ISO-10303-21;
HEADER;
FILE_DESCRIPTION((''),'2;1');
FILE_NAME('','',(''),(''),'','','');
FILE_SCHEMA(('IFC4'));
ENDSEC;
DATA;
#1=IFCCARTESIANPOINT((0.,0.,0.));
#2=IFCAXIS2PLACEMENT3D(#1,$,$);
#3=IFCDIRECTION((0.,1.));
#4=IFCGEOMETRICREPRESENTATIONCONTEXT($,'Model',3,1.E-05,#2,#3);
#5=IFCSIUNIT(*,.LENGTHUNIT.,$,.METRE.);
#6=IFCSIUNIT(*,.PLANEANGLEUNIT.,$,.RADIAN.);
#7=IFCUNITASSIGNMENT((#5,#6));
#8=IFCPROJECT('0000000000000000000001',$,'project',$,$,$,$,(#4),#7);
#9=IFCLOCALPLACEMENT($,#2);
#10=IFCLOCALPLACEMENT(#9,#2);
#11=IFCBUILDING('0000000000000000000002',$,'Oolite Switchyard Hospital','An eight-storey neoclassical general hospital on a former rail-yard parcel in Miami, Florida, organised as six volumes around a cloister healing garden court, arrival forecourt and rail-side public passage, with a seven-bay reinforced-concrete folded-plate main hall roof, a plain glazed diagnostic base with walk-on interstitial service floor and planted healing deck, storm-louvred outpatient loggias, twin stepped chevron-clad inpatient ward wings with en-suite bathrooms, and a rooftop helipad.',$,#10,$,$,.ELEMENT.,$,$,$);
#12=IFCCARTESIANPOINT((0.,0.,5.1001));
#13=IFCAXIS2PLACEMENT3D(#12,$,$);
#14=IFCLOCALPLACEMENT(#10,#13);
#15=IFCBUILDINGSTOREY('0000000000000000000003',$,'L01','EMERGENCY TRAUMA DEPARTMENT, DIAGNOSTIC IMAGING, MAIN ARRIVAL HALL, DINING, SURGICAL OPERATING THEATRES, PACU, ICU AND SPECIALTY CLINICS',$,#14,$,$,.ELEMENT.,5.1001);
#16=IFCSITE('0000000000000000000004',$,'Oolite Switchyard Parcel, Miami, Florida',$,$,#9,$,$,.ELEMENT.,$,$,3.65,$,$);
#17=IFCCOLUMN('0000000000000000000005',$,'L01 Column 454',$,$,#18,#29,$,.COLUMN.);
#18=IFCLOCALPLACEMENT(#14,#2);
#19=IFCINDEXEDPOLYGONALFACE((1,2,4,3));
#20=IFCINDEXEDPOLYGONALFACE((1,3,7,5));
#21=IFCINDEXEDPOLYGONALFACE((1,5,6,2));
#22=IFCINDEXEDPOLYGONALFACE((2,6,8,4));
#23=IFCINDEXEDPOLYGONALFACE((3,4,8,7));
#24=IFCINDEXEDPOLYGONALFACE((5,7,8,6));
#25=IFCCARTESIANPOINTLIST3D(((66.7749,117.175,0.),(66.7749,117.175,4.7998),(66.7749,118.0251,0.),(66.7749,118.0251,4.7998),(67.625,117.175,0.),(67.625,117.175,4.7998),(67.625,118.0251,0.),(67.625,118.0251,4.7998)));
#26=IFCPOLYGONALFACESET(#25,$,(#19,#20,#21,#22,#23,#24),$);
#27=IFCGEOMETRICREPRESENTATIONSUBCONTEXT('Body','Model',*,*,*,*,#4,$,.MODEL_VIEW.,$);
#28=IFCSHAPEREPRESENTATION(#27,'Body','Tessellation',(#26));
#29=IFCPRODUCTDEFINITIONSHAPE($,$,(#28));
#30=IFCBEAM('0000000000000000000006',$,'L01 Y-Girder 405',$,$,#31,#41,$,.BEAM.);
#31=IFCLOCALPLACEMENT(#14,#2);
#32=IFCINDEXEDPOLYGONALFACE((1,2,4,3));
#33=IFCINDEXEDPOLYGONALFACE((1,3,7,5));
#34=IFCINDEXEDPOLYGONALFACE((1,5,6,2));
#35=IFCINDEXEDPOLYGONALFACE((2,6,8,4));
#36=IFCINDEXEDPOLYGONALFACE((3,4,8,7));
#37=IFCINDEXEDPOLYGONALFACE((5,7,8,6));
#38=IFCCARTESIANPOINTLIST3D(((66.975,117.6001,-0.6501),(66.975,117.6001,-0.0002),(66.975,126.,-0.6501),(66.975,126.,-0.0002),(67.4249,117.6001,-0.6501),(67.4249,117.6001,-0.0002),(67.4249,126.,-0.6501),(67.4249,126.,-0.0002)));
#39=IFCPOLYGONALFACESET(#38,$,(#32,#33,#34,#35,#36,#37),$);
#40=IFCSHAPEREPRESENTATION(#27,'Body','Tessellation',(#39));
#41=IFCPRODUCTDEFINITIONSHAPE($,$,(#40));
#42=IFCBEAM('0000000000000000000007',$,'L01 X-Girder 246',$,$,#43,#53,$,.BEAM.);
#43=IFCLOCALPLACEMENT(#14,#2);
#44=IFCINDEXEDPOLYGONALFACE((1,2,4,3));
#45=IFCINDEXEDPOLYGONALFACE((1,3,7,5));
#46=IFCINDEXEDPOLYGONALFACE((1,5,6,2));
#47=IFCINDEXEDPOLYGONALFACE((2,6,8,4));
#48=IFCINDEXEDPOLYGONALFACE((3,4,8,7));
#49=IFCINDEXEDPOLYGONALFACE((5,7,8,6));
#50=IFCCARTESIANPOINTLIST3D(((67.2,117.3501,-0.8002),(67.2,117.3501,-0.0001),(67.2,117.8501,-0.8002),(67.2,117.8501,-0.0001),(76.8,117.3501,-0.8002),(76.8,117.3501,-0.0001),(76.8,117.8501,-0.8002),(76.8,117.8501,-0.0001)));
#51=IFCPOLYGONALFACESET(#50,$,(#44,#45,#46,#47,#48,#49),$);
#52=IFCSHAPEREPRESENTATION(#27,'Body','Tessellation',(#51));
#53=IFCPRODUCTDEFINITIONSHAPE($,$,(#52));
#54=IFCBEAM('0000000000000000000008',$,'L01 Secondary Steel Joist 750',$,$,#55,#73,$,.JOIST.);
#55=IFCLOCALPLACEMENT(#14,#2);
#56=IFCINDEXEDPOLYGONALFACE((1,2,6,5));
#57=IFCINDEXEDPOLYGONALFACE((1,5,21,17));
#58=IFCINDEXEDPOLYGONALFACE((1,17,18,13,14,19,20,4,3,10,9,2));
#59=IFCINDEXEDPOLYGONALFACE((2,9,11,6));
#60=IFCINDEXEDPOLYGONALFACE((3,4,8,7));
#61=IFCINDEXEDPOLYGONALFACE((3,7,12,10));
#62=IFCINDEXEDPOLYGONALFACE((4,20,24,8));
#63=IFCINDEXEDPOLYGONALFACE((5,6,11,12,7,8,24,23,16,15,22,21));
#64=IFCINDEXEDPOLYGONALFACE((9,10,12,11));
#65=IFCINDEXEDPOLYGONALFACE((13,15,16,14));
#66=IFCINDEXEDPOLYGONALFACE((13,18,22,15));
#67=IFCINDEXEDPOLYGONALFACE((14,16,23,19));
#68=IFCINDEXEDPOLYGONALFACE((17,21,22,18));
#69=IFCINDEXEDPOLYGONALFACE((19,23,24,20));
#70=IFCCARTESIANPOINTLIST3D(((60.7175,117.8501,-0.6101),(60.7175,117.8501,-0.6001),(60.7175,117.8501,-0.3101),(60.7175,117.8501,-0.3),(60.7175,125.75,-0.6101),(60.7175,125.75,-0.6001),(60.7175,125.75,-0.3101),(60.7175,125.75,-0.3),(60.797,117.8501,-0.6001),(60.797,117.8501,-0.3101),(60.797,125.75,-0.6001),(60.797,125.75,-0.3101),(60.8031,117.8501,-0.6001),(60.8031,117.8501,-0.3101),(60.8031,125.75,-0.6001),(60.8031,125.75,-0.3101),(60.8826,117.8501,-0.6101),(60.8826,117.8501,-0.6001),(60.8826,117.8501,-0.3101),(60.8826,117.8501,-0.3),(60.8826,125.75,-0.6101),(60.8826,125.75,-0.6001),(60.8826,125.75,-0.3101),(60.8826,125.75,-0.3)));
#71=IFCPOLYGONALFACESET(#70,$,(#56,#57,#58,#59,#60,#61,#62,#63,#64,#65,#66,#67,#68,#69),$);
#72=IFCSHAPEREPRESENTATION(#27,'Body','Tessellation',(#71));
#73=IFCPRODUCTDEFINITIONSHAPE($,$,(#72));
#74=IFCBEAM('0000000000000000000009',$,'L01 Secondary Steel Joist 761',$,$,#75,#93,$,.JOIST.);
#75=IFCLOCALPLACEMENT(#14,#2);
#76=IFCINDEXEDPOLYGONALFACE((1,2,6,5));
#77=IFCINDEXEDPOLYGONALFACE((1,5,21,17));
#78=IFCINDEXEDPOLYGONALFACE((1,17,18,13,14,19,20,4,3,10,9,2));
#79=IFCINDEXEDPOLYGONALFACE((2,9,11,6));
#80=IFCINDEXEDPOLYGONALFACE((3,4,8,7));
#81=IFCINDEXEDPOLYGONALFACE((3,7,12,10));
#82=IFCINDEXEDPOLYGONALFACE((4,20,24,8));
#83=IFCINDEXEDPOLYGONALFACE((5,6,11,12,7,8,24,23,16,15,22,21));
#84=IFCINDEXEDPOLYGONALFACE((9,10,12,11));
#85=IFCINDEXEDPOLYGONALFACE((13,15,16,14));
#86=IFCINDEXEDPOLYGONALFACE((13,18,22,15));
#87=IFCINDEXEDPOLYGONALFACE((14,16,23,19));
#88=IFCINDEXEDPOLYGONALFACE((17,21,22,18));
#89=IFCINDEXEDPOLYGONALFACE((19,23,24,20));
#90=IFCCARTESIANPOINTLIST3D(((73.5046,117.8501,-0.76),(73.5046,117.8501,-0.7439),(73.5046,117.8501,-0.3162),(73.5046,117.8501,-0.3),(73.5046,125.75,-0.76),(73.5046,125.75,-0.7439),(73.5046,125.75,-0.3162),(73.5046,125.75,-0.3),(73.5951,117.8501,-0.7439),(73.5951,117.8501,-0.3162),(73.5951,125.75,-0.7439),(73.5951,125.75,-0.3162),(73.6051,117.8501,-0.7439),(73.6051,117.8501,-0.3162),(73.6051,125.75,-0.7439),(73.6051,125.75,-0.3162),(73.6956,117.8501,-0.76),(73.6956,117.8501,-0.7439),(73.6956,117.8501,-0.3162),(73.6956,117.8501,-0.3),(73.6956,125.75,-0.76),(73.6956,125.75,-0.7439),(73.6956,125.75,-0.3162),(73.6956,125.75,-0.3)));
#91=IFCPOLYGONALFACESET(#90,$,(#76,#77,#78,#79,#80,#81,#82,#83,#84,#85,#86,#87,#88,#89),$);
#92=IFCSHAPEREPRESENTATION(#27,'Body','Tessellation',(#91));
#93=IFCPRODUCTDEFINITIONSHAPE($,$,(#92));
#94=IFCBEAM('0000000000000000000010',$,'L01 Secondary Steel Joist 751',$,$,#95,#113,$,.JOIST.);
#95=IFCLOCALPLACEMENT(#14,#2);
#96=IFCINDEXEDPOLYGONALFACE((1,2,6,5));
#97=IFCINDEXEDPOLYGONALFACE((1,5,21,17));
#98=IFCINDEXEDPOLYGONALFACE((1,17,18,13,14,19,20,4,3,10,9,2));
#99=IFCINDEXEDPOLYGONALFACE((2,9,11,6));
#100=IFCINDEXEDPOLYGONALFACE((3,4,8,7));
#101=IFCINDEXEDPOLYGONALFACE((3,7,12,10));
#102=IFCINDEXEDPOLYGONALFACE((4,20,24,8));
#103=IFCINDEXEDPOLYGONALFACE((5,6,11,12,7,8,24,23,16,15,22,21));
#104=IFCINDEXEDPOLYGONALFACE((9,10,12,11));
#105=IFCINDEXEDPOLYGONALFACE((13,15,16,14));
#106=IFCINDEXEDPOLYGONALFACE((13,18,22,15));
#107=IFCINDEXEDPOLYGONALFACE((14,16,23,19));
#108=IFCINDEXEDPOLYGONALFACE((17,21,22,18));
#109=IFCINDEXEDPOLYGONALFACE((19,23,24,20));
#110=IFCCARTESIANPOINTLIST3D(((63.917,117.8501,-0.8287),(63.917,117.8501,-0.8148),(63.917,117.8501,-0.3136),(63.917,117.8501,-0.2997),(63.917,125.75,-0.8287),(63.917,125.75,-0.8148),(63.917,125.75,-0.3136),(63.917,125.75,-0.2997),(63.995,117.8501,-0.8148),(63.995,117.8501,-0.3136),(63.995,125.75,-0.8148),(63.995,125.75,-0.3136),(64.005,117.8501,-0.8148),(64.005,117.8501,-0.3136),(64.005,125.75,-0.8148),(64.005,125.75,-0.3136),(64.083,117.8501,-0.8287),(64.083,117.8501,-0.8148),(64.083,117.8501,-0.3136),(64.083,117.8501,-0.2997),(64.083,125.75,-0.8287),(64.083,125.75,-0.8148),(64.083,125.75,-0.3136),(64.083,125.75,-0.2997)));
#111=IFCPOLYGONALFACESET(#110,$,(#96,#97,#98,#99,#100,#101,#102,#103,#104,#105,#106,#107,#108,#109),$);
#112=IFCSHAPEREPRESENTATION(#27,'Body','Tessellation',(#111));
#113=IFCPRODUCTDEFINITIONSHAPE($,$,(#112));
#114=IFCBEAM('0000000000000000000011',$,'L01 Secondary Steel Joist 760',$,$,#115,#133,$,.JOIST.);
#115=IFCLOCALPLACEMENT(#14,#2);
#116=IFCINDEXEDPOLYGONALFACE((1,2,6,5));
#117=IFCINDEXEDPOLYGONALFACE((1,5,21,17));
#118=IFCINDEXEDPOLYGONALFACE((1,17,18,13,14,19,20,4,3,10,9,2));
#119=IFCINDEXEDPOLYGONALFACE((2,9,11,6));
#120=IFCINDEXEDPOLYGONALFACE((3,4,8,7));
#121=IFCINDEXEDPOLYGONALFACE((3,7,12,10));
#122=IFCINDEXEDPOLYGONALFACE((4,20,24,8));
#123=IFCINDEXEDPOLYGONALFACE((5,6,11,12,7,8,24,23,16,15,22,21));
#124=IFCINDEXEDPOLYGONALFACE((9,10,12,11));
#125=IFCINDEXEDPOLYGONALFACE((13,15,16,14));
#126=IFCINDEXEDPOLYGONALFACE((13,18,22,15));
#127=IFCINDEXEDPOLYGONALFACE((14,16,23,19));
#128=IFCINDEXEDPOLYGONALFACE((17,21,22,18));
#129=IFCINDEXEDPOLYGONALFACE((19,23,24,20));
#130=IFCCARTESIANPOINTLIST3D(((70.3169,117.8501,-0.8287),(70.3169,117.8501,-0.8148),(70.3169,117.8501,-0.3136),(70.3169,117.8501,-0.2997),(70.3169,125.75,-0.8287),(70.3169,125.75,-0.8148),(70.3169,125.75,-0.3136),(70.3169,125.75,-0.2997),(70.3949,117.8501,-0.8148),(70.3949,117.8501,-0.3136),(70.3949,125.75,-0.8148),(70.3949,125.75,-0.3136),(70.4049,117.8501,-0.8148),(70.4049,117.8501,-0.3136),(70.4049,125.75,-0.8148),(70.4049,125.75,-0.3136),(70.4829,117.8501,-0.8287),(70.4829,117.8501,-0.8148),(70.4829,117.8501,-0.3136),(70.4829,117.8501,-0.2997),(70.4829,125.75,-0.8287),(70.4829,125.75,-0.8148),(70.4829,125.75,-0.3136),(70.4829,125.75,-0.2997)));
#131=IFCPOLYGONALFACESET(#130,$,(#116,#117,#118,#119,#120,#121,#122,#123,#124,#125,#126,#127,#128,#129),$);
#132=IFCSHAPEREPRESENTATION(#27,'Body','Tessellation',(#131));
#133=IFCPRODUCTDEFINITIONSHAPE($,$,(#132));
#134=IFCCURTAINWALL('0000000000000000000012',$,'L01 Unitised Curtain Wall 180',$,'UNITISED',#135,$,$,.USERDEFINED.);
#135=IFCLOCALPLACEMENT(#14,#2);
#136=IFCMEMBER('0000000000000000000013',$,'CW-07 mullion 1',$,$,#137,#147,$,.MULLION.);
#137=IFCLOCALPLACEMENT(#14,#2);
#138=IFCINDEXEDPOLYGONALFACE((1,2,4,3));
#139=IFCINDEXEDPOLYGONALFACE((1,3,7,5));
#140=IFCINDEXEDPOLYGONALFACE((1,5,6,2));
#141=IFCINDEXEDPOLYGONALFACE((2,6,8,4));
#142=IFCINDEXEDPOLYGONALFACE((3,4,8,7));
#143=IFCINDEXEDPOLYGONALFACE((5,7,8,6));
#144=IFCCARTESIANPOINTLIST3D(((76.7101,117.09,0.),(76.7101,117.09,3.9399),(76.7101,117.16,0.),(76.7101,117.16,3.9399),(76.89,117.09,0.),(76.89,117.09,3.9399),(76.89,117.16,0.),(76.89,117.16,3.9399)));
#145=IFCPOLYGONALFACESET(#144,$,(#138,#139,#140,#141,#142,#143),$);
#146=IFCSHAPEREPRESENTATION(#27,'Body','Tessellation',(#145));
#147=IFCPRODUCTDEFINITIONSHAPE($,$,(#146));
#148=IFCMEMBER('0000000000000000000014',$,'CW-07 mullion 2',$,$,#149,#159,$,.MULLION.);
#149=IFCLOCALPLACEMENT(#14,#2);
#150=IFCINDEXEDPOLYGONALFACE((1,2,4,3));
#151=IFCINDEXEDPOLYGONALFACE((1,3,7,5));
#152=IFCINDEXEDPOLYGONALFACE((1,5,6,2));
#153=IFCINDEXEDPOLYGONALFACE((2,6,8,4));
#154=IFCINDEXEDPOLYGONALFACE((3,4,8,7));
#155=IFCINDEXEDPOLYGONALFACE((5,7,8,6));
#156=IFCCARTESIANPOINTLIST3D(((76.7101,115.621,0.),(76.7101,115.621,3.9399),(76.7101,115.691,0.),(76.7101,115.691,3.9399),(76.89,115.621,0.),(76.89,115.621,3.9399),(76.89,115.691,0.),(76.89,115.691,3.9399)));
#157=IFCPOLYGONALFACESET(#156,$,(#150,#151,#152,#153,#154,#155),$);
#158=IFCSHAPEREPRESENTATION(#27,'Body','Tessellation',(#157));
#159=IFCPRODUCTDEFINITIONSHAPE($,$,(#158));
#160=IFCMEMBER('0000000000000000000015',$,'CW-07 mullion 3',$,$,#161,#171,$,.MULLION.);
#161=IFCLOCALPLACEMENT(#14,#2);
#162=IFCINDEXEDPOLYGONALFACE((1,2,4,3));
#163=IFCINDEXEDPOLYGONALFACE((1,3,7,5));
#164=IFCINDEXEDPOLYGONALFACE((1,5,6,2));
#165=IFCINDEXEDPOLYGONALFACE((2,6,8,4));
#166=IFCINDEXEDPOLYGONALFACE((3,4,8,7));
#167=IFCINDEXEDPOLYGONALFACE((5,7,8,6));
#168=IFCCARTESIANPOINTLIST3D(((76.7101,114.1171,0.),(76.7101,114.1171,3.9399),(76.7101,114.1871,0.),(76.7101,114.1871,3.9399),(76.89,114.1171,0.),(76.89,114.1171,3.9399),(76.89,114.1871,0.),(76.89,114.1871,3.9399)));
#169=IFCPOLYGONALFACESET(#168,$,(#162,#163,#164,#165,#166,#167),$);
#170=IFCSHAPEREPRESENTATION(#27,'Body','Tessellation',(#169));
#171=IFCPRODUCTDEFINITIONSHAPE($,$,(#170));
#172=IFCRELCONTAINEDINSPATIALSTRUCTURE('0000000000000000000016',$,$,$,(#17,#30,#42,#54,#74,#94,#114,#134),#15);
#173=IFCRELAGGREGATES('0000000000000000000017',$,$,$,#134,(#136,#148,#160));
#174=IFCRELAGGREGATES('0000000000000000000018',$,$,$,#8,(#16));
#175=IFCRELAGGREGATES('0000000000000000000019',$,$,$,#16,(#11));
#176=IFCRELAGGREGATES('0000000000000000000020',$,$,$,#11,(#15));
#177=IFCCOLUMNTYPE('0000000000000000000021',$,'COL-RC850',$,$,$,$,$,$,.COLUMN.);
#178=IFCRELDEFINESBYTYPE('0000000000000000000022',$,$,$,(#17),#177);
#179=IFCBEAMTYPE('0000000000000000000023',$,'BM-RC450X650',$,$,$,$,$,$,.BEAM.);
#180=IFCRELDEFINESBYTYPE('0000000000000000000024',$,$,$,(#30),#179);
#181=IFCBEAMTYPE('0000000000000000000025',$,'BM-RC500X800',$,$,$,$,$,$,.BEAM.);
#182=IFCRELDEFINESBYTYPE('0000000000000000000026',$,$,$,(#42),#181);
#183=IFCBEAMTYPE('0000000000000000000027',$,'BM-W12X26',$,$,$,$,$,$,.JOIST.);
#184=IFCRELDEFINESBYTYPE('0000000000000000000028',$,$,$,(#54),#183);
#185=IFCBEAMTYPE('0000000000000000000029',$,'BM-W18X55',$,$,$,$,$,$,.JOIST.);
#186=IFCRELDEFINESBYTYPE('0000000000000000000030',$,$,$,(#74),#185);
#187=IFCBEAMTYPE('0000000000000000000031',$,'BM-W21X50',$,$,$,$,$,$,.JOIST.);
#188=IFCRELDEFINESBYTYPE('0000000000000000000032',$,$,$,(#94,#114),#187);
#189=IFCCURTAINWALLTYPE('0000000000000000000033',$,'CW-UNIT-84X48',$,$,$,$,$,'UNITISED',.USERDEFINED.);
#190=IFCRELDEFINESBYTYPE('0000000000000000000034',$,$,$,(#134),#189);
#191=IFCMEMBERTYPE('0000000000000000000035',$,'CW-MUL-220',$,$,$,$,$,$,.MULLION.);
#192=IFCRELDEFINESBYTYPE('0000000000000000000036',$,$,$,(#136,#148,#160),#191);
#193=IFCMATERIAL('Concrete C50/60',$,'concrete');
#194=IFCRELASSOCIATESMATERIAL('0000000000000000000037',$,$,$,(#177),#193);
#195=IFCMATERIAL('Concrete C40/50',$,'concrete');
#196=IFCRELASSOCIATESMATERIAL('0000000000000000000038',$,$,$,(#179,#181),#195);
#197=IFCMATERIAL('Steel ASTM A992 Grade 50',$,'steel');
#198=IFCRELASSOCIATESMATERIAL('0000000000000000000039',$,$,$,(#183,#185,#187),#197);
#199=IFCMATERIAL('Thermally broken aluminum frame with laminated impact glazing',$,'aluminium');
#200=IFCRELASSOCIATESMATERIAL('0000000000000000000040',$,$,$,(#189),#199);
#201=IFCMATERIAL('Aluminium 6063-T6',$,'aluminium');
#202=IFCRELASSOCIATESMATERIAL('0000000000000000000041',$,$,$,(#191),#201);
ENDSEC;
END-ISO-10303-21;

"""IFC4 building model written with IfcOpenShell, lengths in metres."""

from ifc_helpers import new_model, si_unit, direction, frame, origin, origin_2d, place, context, subcontext, project, spatial, rectangle, i_section, extrude, material, material_profile, profile_set, type_object, element, aggregate, save


model = new_model("IFC4")

# Units and contexts
model_context = context("Model", 3, precision=1e-05, world=origin(), true_north=direction((0.0, 1.0)))
body_context = subcontext(model_context, "Body", "Model", "MODEL_VIEW")
ifc_project = project(units=[si_unit("LENGTHUNIT", "METRE"), si_unit("PLANEANGLEUNIT", "RADIAN")], contexts=[model_context])

# Site, building, storey
site_placement = place(None, origin())
site = spatial("IfcSite", under=ifc_project, at=site_placement, Name="Oolite Switchyard Parcel, Miami, Florida", CompositionType="ELEMENT", RefElevation=3.65)
building_placement = place(site_placement, origin())
building = spatial("IfcBuilding", under=site, at=building_placement, Name="Oolite Switchyard Hospital", Description="An eight-storey neoclassical general hospital on a former rail-yard parcel in Miami, Florida, organised as six volumes around a cloister healing garden court, arrival forecourt and rail-side public passage, with a seven-bay reinforced-concrete folded-plate main hall roof, a plain glazed diagnostic base with walk-on interstitial service floor and planted healing deck, storm-louvred outpatient loggias, twin stepped chevron-clad inpatient ward wings with en-suite bathrooms, and a rooftop helipad.", CompositionType="ELEMENT")
storey_placement = place(building_placement, frame((0.0, 0.0, 5.1001)))
storey = spatial("IfcBuildingStorey", under=building, at=storey_placement, Name="L01", Description="EMERGENCY TRAUMA DEPARTMENT, DIAGNOSTIC IMAGING, MAIN ARRIVAL HALL, DINING, SURGICAL OPERATING THEATRES, PACU, ICU AND SPECIALTY CLINICS", CompositionType="ELEMENT", Elevation=5.1001)

# Column
ifc_material_1 = material(Name="Concrete C50/60", Category="concrete")
ifc_material_profile_1 = material_profile(ifc_material_1, rectangle(XDim=0.8501, YDim=0.8501, at=origin_2d()), Name="RC850X850")
ifc_profile_set_1 = profile_set([ifc_material_profile_1], Name="Concrete C50/60")
column_type = type_object("IfcColumnType", Name="COL-RC850", PredefinedType="COLUMN", material=ifc_profile_set_1)
column_placement = place(storey_placement, frame((67.2, 117.6001, 0.0), z_axis=(0.0, 0.0, 1.0), x_axis=(1.0, 0.0, 0.0)))
element("IfcColumn", 1, at=column_placement, inside=storey, type_object=column_type, Name="L01 Column 454", PredefinedType="COLUMN", context=body_context, shape_type="SweptSolid", body=[
    extrude(rectangle(XDim=0.8501, YDim=0.8501, at=origin_2d()), origin(), (0.0, 0.0, 1.0), 4.7998),
])

# Beams
ifc_material_2 = material(Name="Concrete C40/50", Category="concrete")
ifc_material_profile_2 = material_profile(ifc_material_2, rectangle(XDim=0.45, YDim=0.6499, at=origin_2d()), Name="RCB450X650")
ifc_profile_set_2 = profile_set([ifc_material_profile_2], Name="Concrete C40/50")
beam_type_1 = type_object("IfcBeamType", Name="BM-RC450X650", PredefinedType="BEAM", material=ifc_profile_set_2)
beam_1_placement = place(storey_placement, frame((67.2, 117.6001, -0.3252), z_axis=(0.0, 1.0, 0.0), x_axis=(-1.0, 0.0, 0.0)))
element("IfcBeam", 2, at=beam_1_placement, inside=storey, type_object=beam_type_1, Name="L01 Y-Girder 405", PredefinedType="BEAM", context=body_context, shape_type="SweptSolid", body=[
    extrude(rectangle(XDim=0.45, YDim=0.6499, at=origin_2d()), origin(), (0.0, 0.0, 1.0), 8.3999),
])
ifc_material_profile_3 = material_profile(ifc_material_2, rectangle(XDim=0.5, YDim=0.8, at=origin_2d()), Name="RCB500X800")
ifc_profile_set_3 = profile_set([ifc_material_profile_3], Name="Concrete C40/50")
beam_type_2 = type_object("IfcBeamType", Name="BM-RC500X800", PredefinedType="BEAM", material=ifc_profile_set_3)
beam_2_placement = place(storey_placement, frame((67.2, 117.6001, -0.4001), z_axis=(1.0, 0.0, 0.0), x_axis=(0.0, 1.0, 0.0)))
element("IfcBeam", 3, at=beam_2_placement, inside=storey, type_object=beam_type_2, Name="L01 X-Girder 246", PredefinedType="BEAM", context=body_context, shape_type="SweptSolid", body=[
    extrude(rectangle(XDim=0.5, YDim=0.8, at=origin_2d()), origin(), (0.0, 0.0, 1.0), 9.6001),
])
ifc_material_3 = material(Name="Steel ASTM A992 Grade 50", Category="steel")
ifc_material_profile_4 = material_profile(ifc_material_3, i_section(OverallWidth=0.165, OverallDepth=0.3101, WebThickness=0.0061, FlangeThickness=0.01, at=origin_2d()), Name="W12X26")
ifc_profile_set_4 = profile_set([ifc_material_profile_4], Name="Steel ASTM A992 Grade 50")
beam_type_3 = type_object("IfcBeamType", Name="BM-W12X26", PredefinedType="JOIST", material=ifc_profile_set_4)
beam_3_placement = place(storey_placement, frame((60.8, 117.8501, -0.4551), z_axis=(0.0, 1.0, 0.0), x_axis=(-1.0, 0.0, 0.0)))
element("IfcBeam", 4, at=beam_3_placement, inside=storey, type_object=beam_type_3, Name="L01 Secondary Steel Joist 750", PredefinedType="JOIST", context=body_context, shape_type="SweptSolid", body=[
    extrude(i_section(OverallWidth=0.165, OverallDepth=0.3101, WebThickness=0.0061, FlangeThickness=0.01, at=origin_2d()), origin(), (0.0, 0.0, 1.0), 7.8999),
])
ifc_material_profile_5 = material_profile(ifc_material_3, i_section(OverallWidth=0.1909, OverallDepth=0.46, WebThickness=0.01, FlangeThickness=0.0161, at=origin_2d()), Name="W18X55")
ifc_profile_set_5 = profile_set([ifc_material_profile_5], Name="Steel ASTM A992 Grade 50")
beam_type_4 = type_object("IfcBeamType", Name="BM-W18X55", PredefinedType="JOIST", material=ifc_profile_set_5)
beam_4_placement = place(storey_placement, frame((73.6001, 117.8501, -0.53), z_axis=(0.0, 1.0, 0.0), x_axis=(-1.0, 0.0, 0.0)))
element("IfcBeam", 5, at=beam_4_placement, inside=storey, type_object=beam_type_4, Name="L01 Secondary Steel Joist 761", PredefinedType="JOIST", context=body_context, shape_type="SweptSolid", body=[
    extrude(i_section(OverallWidth=0.1909, OverallDepth=0.46, WebThickness=0.01, FlangeThickness=0.0161, at=origin_2d()), origin(), (0.0, 0.0, 1.0), 7.8999),
])
ifc_material_profile_6 = material_profile(ifc_material_3, i_section(OverallWidth=0.166, OverallDepth=0.5291, WebThickness=0.01, FlangeThickness=0.0139, at=origin_2d()), Name="W21X50")
ifc_profile_set_6 = profile_set([ifc_material_profile_6], Name="Steel ASTM A992 Grade 50")
beam_type_5 = type_object("IfcBeamType", Name="BM-W21X50", PredefinedType="JOIST", material=ifc_profile_set_6)
for number, where, z_axis, x_axis, name in (
    (6, (64.0, 117.8501, -0.5642), (0.0, 1.0, 0.0), (-1.0, 0.0, 0.0), "L01 Secondary Steel Joist 751"),
    (7, (70.3999, 117.8501, -0.5642), (0.0, 1.0, 0.0), (-1.0, 0.0, 0.0), "L01 Secondary Steel Joist 760"),
):
    element("IfcBeam", number, at=place(storey_placement, frame(where, z_axis=z_axis, x_axis=x_axis)), inside=storey, type_object=beam_type_5, Name=name, PredefinedType="JOIST", context=body_context, shape_type="SweptSolid", body=[
        extrude(i_section(OverallWidth=0.166, OverallDepth=0.5291, WebThickness=0.01, FlangeThickness=0.0139, at=origin_2d()), origin(), (0.0, 0.0, 1.0), 7.8999),
    ])

# Curtain wall, members
ifc_material_4 = material(Name="Thermally broken aluminum frame with laminated impact glazing", Category="aluminium")
curtain_wall_type = type_object("IfcCurtainWallType", Name="CW-UNIT-84X48", ElementType="UNITISED", PredefinedType="USERDEFINED", material=ifc_material_4)
curtain_wall_placement = place(storey_placement, origin())
curtain_wall = element("IfcCurtainWall", 8, at=curtain_wall_placement, inside=storey, type_object=curtain_wall_type, Name="L01 Unitised Curtain Wall 180", ObjectType="UNITISED", PredefinedType="USERDEFINED")
ifc_material_5 = material(Name="Aluminium 6063-T6", Category="aluminium")
ifc_material_profile_7 = material_profile(ifc_material_5, rectangle(XDim=0.1799, YDim=0.0701, at=origin_2d()), Name="CWM70X180")
ifc_profile_set_7 = profile_set([ifc_material_profile_7], Name="Aluminium 6063-T6")
member_type_1 = type_object("IfcMemberType", Name="CW-MUL-220", PredefinedType="MULLION", material=ifc_profile_set_7)
member_1_placement = place(storey_placement, frame((76.8, 117.125, 0.0), z_axis=(0.0, 0.0, 1.0), x_axis=(1.0, 0.0, 0.0)))
member_1 = element("IfcMember", 9, at=member_1_placement, type_object=member_type_1, Name="CW-07 mullion 1", PredefinedType="MULLION", context=body_context, shape_type="SweptSolid", body=[
    extrude(rectangle(XDim=0.1799, YDim=0.0701, at=origin_2d()), origin(), (0.0, 0.0, 1.0), 3.9399),
])
member_2_placement = place(storey_placement, frame((76.8, 115.656, 0.0), z_axis=(0.0, 0.0, 1.0), x_axis=(1.0, 0.0, 0.0)))
member_2 = element("IfcMember", 10, at=member_2_placement, type_object=member_type_1, Name="CW-07 mullion 2", PredefinedType="MULLION", context=body_context, shape_type="SweptSolid", body=[
    extrude(rectangle(XDim=0.1799, YDim=0.0701, at=origin_2d()), origin(), (0.0, 0.0, 1.0), 3.9399),
])
member_3_placement = place(storey_placement, frame((76.8, 114.1521, 0.0), z_axis=(0.0, 0.0, 1.0), x_axis=(1.0, 0.0, 0.0)))
member_3 = element("IfcMember", 11, at=member_3_placement, type_object=member_type_1, Name="CW-07 mullion 3", PredefinedType="MULLION", context=body_context, shape_type="SweptSolid", body=[
    extrude(rectangle(XDim=0.1799, YDim=0.0701, at=origin_2d()), origin(), (0.0, 0.0, 1.0), 3.9399),
])
aggregate(curtain_wall, [member_1, member_2, member_3])

save(model, "model.ifc")
